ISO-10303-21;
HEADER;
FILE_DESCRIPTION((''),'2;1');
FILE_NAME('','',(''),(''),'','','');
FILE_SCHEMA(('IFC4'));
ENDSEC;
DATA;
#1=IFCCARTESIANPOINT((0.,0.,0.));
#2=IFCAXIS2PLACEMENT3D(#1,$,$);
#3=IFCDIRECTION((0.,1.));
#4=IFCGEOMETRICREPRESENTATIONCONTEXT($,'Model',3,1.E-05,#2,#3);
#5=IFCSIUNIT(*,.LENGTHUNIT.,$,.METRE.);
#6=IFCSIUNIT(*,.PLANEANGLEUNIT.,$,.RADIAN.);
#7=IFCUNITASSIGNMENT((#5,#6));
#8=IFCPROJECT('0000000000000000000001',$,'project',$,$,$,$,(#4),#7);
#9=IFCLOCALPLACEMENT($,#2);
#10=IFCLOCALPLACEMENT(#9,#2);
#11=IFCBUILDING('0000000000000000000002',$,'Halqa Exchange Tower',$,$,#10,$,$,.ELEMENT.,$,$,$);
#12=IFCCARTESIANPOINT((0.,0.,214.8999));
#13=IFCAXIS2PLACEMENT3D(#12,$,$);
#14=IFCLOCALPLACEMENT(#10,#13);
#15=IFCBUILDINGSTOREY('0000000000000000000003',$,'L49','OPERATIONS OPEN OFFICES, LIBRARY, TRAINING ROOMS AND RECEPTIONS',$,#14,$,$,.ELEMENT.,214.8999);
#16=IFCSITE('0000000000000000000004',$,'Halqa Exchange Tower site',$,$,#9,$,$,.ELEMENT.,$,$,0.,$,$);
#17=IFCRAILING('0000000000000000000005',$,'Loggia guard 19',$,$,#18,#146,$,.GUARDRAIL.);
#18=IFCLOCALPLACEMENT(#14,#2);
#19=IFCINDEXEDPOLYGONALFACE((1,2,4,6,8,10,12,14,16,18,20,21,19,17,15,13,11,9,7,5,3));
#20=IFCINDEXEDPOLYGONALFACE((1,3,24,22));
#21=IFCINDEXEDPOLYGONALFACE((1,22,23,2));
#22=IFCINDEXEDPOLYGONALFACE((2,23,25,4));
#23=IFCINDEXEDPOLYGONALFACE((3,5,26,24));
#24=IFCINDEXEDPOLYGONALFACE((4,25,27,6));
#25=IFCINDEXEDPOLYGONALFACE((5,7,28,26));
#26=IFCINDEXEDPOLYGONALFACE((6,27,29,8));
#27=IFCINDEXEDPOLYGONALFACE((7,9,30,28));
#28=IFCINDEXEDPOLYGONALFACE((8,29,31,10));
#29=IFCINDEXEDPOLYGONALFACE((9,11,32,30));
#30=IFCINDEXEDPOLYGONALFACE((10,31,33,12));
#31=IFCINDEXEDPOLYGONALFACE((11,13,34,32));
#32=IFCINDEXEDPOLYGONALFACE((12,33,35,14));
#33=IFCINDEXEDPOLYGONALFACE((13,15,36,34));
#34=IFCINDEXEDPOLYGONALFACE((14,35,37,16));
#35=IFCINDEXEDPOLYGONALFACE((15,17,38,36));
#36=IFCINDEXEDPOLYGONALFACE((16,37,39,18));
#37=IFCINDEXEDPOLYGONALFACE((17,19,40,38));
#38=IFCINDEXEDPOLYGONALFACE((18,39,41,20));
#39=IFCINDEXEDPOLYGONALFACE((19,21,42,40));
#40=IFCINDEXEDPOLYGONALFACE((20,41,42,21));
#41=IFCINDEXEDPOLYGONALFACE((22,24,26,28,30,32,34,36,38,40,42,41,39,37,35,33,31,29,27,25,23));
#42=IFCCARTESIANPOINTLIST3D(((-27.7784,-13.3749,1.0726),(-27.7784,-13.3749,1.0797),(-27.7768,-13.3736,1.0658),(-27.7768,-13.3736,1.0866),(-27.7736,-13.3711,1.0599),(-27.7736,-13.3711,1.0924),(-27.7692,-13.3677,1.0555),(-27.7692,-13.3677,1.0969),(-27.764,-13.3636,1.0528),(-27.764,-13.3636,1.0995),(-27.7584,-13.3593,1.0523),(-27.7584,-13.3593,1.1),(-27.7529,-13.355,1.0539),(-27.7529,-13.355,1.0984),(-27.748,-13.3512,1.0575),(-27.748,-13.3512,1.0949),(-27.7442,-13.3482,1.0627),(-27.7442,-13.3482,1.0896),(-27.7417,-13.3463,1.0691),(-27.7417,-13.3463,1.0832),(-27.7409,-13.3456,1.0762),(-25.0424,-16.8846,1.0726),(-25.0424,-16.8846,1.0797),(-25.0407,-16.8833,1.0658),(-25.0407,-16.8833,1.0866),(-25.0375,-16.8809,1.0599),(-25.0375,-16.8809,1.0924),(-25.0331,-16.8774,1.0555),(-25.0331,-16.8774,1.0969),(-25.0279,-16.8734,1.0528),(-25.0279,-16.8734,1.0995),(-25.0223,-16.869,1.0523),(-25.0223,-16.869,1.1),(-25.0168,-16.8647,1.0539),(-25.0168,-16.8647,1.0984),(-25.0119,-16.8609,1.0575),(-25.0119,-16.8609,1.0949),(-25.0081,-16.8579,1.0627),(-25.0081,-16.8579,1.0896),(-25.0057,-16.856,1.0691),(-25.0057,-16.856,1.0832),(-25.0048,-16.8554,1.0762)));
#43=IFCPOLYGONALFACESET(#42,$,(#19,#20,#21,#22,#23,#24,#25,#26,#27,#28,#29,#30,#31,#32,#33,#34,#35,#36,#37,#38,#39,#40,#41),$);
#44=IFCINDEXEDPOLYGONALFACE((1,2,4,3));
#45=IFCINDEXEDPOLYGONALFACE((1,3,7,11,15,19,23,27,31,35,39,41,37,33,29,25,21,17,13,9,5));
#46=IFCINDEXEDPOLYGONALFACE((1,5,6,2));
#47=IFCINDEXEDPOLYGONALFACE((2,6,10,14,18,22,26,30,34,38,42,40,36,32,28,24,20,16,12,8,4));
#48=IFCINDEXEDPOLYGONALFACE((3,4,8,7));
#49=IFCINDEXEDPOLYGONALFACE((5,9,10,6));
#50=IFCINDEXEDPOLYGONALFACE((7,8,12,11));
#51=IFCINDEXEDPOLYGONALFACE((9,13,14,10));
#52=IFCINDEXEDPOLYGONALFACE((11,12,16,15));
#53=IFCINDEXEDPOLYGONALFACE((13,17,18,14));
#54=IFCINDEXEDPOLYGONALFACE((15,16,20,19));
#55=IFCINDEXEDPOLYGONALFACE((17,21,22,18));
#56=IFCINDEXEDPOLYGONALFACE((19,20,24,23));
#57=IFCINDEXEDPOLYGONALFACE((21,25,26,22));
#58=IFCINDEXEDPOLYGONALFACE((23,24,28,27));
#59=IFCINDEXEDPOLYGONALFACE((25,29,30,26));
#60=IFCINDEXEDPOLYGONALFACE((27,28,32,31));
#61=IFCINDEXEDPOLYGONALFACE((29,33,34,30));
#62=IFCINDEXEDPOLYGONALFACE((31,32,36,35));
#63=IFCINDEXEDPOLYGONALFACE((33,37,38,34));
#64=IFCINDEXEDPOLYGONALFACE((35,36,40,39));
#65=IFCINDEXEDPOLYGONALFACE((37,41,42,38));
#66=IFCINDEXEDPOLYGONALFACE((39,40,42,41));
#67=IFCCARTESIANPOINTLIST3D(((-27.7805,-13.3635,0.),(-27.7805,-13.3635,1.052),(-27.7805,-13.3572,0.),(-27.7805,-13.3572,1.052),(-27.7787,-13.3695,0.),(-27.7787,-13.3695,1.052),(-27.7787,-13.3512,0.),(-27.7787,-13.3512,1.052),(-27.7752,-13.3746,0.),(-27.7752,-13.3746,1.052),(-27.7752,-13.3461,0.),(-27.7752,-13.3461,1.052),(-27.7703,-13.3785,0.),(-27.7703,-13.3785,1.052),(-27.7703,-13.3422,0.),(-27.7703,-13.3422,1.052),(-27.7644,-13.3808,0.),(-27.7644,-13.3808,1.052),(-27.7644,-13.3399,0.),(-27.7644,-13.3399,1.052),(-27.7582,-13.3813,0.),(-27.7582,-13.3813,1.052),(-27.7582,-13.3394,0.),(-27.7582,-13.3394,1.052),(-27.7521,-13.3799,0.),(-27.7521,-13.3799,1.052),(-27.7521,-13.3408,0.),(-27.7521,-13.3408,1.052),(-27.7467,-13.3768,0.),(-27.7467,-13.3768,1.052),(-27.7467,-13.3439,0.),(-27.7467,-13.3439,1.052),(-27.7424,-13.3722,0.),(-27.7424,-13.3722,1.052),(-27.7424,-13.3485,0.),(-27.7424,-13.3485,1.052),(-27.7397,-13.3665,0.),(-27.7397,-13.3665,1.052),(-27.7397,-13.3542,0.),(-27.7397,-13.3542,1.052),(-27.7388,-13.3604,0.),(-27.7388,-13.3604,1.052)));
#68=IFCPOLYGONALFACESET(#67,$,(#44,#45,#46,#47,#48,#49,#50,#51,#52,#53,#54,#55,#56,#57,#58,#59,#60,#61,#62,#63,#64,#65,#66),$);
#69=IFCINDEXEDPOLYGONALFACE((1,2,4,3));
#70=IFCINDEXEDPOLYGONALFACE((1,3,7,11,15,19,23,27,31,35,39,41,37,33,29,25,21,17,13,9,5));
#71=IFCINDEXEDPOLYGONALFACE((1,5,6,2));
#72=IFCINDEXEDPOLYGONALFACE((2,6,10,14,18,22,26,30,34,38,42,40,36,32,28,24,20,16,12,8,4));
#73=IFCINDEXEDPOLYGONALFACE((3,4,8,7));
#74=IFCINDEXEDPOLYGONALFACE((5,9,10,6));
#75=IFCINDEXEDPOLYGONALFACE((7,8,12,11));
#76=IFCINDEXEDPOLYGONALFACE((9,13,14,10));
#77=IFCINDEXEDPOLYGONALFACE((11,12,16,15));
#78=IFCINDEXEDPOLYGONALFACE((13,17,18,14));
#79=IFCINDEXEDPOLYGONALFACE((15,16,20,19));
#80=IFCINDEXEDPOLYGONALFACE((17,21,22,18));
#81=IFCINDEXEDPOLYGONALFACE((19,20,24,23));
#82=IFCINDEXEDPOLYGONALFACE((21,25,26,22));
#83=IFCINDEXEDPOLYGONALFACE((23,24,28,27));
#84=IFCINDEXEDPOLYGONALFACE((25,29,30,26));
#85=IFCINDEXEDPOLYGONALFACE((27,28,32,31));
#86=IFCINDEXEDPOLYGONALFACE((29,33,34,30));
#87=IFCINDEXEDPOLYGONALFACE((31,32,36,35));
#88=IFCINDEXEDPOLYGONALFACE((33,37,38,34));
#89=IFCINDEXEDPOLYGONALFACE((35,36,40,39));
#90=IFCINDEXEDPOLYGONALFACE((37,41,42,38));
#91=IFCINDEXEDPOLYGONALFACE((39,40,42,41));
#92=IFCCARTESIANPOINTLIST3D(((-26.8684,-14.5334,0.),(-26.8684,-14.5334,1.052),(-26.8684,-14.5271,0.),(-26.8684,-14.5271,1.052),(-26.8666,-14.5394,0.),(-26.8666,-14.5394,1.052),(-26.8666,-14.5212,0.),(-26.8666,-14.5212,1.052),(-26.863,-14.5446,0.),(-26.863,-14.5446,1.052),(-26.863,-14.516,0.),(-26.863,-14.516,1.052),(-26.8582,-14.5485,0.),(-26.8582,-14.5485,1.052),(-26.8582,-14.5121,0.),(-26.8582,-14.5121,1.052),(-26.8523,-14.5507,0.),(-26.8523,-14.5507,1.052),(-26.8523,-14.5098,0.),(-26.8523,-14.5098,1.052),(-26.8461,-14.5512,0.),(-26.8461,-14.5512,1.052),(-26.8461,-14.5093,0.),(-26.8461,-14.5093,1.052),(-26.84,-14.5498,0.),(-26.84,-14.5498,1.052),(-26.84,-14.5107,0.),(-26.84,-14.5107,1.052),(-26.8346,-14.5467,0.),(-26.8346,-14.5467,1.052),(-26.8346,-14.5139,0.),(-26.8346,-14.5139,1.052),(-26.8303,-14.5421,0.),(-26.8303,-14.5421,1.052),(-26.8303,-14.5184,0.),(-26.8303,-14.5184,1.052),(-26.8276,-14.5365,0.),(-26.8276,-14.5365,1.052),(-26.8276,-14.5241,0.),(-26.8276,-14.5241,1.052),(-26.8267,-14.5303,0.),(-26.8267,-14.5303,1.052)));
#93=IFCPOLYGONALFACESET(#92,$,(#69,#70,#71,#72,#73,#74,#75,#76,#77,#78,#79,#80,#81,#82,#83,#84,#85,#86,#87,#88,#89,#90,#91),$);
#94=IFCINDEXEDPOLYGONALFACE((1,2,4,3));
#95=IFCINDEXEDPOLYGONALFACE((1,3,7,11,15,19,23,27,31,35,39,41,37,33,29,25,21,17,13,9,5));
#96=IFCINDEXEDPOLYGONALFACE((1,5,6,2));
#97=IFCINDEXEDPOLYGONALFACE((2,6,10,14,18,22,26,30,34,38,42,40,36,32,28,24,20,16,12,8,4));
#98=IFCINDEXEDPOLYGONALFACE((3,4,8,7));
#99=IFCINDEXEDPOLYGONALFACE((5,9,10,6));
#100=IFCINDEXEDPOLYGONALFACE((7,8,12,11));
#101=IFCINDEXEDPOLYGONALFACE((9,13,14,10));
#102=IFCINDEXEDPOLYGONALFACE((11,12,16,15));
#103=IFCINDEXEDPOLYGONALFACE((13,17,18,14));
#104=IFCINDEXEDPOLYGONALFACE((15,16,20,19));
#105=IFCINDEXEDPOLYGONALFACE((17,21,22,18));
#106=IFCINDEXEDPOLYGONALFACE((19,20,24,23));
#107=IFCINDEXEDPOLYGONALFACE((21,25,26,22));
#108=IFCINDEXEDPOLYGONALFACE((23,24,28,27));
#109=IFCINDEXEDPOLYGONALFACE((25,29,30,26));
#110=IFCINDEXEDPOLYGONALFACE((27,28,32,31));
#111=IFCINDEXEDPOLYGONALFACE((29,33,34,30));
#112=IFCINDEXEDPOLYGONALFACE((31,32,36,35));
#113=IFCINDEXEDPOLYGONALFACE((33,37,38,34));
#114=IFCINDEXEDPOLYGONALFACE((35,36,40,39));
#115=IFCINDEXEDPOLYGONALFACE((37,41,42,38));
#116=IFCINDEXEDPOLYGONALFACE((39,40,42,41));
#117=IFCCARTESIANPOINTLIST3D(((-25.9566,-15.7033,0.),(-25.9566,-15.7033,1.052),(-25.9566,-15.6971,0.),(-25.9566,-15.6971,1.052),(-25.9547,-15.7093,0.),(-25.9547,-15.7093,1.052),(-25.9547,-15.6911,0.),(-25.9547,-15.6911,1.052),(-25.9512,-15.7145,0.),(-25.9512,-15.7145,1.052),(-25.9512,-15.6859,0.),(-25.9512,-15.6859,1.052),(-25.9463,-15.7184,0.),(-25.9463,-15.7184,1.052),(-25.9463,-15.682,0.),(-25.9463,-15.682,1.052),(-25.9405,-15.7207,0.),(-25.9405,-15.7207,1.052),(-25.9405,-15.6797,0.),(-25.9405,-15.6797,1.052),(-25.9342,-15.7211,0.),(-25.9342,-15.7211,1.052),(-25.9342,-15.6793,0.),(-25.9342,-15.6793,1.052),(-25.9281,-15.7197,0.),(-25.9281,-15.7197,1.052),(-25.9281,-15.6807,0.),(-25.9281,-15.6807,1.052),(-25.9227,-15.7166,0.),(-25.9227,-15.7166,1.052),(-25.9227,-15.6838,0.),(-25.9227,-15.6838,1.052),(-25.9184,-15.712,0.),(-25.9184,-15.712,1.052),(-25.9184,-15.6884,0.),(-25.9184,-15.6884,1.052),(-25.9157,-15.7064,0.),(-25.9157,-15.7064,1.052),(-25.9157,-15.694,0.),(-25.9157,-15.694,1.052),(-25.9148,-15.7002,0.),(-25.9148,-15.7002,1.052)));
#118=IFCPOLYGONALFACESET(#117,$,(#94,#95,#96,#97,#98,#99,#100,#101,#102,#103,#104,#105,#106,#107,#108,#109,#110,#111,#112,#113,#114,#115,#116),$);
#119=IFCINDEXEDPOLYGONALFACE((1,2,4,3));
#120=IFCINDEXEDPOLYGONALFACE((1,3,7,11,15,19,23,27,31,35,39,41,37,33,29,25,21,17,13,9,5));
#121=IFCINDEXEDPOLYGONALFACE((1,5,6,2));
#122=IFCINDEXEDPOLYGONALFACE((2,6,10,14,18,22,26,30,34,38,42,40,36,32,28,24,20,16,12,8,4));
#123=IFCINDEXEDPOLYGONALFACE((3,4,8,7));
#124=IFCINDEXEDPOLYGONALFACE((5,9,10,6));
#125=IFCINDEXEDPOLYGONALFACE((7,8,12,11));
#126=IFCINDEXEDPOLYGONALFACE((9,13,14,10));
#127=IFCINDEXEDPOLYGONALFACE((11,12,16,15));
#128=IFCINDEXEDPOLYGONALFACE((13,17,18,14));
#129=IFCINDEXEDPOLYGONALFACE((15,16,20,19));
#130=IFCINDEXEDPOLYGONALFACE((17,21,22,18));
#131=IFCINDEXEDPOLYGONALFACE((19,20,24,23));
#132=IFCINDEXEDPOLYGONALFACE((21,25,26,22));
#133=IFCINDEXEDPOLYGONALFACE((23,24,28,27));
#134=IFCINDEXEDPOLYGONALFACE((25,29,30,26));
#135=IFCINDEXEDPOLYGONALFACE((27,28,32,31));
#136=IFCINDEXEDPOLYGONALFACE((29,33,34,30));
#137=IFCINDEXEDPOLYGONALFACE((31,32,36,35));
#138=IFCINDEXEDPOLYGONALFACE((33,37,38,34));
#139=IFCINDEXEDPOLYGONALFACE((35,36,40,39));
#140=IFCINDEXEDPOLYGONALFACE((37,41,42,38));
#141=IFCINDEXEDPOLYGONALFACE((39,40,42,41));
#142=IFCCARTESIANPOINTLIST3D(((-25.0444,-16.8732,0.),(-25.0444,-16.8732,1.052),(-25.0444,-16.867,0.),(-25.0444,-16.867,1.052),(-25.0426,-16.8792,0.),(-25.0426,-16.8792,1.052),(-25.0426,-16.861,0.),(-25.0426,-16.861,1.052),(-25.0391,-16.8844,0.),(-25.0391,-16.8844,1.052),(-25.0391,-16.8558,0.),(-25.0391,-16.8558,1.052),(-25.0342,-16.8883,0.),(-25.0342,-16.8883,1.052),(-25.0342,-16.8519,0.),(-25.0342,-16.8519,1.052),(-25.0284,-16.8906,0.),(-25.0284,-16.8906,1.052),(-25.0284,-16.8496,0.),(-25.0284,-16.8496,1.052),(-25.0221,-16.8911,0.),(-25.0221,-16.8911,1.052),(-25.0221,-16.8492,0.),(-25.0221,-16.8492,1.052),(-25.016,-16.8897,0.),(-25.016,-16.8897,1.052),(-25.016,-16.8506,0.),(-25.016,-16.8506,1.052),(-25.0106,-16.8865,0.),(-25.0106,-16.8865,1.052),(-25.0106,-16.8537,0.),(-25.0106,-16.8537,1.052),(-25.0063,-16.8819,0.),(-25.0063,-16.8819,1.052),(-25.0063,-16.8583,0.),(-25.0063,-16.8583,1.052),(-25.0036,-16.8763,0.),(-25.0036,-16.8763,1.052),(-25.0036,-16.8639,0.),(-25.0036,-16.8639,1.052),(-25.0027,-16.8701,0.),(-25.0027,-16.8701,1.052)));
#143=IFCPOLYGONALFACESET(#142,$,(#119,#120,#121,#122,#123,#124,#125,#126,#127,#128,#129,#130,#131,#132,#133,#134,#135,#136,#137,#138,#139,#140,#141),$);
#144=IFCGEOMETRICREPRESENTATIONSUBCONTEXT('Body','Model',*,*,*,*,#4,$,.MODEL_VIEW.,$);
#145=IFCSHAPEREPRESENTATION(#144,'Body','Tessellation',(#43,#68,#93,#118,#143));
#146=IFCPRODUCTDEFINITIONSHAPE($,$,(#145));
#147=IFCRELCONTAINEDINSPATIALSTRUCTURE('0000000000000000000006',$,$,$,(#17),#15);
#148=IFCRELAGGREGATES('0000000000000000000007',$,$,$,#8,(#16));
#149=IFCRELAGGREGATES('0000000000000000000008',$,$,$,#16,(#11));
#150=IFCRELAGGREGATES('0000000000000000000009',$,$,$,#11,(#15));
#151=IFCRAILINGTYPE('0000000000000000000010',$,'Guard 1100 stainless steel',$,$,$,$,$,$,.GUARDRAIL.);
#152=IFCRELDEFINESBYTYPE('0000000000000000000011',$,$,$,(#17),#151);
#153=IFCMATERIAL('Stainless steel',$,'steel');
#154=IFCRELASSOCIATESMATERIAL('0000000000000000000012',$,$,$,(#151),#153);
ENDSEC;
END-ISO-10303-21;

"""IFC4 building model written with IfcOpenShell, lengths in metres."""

from ifc_helpers import new_model, si_unit, direction, frame, origin, origin_2d, place, context, subcontext, project, spatial, circle, extrude, material, type_object, element, save


model = new_model("IFC4")

# Units and contexts
model_context = context("Model", 3, precision=1e-05, world=origin(), true_north=direction((0.0, 1.0)))
body_context = subcontext(model_context, "Body", "Model", "MODEL_VIEW")
ifc_project = project(units=[si_unit("LENGTHUNIT", "METRE"), si_unit("PLANEANGLEUNIT", "RADIAN")], contexts=[model_context])

# Site, building, storey
site_placement = place(None, origin())
site = spatial("IfcSite", under=ifc_project, at=site_placement, Name="Halqa Exchange Tower site", CompositionType="ELEMENT", RefElevation=0.0)
building_placement = place(site_placement, origin())
building = spatial("IfcBuilding", under=site, at=building_placement, Name="Halqa Exchange Tower", CompositionType="ELEMENT")
storey_placement = place(building_placement, frame((0.0, 0.0, 214.8999)))
storey = spatial("IfcBuildingStorey", under=building, at=storey_placement, Name="L49", Description="OPERATIONS OPEN OFFICES, LIBRARY, TRAINING ROOMS AND RECEPTIONS", CompositionType="ELEMENT", Elevation=214.8999)

# Railing
ifc_material_1 = material(Name="Stainless steel", Category="steel")
railing_type = type_object("IfcRailingType", Name="Guard 1100 stainless steel", PredefinedType="GUARDRAIL", material=ifc_material_1)
railing_1_placement = place(storey_placement, frame((-27.7598, -13.3604, 0.0)))
element("IfcRailing", 1, at=railing_1_placement, inside=storey, type_object=railing_type, Name="Loggia guard 19", PredefinedType="GUARDRAIL", context=body_context, shape_type="SweptSolid", body=[
    extrude(circle(Radius=0.0239, at=origin_2d()), frame((0.0, 0.0, 1.0762), z_axis=(0.614818, -0.788669, 0.0), x_axis=(0.788669, 0.614818, 0.0)), (0.0, 0.0, 1.0), 4.4502),
    extrude(circle(Radius=0.021, at=origin_2d()), origin(), (0.0, 0.0, 1.0), 1.052),
    extrude(circle(Radius=0.021, at=origin_2d()), frame((0.9121, -1.1699, 0.0)), (0.0, 0.0, 1.0), 1.052),
    extrude(circle(Radius=0.021, at=origin_2d()), frame((1.824, -2.3398, 0.0)), (0.0, 0.0, 1.0), 1.052),
    extrude(circle(Radius=0.021, at=origin_2d()), frame((2.7361, -3.5098, 0.0)), (0.0, 0.0, 1.0), 1.052),
])

save(model, "model.ifc")
